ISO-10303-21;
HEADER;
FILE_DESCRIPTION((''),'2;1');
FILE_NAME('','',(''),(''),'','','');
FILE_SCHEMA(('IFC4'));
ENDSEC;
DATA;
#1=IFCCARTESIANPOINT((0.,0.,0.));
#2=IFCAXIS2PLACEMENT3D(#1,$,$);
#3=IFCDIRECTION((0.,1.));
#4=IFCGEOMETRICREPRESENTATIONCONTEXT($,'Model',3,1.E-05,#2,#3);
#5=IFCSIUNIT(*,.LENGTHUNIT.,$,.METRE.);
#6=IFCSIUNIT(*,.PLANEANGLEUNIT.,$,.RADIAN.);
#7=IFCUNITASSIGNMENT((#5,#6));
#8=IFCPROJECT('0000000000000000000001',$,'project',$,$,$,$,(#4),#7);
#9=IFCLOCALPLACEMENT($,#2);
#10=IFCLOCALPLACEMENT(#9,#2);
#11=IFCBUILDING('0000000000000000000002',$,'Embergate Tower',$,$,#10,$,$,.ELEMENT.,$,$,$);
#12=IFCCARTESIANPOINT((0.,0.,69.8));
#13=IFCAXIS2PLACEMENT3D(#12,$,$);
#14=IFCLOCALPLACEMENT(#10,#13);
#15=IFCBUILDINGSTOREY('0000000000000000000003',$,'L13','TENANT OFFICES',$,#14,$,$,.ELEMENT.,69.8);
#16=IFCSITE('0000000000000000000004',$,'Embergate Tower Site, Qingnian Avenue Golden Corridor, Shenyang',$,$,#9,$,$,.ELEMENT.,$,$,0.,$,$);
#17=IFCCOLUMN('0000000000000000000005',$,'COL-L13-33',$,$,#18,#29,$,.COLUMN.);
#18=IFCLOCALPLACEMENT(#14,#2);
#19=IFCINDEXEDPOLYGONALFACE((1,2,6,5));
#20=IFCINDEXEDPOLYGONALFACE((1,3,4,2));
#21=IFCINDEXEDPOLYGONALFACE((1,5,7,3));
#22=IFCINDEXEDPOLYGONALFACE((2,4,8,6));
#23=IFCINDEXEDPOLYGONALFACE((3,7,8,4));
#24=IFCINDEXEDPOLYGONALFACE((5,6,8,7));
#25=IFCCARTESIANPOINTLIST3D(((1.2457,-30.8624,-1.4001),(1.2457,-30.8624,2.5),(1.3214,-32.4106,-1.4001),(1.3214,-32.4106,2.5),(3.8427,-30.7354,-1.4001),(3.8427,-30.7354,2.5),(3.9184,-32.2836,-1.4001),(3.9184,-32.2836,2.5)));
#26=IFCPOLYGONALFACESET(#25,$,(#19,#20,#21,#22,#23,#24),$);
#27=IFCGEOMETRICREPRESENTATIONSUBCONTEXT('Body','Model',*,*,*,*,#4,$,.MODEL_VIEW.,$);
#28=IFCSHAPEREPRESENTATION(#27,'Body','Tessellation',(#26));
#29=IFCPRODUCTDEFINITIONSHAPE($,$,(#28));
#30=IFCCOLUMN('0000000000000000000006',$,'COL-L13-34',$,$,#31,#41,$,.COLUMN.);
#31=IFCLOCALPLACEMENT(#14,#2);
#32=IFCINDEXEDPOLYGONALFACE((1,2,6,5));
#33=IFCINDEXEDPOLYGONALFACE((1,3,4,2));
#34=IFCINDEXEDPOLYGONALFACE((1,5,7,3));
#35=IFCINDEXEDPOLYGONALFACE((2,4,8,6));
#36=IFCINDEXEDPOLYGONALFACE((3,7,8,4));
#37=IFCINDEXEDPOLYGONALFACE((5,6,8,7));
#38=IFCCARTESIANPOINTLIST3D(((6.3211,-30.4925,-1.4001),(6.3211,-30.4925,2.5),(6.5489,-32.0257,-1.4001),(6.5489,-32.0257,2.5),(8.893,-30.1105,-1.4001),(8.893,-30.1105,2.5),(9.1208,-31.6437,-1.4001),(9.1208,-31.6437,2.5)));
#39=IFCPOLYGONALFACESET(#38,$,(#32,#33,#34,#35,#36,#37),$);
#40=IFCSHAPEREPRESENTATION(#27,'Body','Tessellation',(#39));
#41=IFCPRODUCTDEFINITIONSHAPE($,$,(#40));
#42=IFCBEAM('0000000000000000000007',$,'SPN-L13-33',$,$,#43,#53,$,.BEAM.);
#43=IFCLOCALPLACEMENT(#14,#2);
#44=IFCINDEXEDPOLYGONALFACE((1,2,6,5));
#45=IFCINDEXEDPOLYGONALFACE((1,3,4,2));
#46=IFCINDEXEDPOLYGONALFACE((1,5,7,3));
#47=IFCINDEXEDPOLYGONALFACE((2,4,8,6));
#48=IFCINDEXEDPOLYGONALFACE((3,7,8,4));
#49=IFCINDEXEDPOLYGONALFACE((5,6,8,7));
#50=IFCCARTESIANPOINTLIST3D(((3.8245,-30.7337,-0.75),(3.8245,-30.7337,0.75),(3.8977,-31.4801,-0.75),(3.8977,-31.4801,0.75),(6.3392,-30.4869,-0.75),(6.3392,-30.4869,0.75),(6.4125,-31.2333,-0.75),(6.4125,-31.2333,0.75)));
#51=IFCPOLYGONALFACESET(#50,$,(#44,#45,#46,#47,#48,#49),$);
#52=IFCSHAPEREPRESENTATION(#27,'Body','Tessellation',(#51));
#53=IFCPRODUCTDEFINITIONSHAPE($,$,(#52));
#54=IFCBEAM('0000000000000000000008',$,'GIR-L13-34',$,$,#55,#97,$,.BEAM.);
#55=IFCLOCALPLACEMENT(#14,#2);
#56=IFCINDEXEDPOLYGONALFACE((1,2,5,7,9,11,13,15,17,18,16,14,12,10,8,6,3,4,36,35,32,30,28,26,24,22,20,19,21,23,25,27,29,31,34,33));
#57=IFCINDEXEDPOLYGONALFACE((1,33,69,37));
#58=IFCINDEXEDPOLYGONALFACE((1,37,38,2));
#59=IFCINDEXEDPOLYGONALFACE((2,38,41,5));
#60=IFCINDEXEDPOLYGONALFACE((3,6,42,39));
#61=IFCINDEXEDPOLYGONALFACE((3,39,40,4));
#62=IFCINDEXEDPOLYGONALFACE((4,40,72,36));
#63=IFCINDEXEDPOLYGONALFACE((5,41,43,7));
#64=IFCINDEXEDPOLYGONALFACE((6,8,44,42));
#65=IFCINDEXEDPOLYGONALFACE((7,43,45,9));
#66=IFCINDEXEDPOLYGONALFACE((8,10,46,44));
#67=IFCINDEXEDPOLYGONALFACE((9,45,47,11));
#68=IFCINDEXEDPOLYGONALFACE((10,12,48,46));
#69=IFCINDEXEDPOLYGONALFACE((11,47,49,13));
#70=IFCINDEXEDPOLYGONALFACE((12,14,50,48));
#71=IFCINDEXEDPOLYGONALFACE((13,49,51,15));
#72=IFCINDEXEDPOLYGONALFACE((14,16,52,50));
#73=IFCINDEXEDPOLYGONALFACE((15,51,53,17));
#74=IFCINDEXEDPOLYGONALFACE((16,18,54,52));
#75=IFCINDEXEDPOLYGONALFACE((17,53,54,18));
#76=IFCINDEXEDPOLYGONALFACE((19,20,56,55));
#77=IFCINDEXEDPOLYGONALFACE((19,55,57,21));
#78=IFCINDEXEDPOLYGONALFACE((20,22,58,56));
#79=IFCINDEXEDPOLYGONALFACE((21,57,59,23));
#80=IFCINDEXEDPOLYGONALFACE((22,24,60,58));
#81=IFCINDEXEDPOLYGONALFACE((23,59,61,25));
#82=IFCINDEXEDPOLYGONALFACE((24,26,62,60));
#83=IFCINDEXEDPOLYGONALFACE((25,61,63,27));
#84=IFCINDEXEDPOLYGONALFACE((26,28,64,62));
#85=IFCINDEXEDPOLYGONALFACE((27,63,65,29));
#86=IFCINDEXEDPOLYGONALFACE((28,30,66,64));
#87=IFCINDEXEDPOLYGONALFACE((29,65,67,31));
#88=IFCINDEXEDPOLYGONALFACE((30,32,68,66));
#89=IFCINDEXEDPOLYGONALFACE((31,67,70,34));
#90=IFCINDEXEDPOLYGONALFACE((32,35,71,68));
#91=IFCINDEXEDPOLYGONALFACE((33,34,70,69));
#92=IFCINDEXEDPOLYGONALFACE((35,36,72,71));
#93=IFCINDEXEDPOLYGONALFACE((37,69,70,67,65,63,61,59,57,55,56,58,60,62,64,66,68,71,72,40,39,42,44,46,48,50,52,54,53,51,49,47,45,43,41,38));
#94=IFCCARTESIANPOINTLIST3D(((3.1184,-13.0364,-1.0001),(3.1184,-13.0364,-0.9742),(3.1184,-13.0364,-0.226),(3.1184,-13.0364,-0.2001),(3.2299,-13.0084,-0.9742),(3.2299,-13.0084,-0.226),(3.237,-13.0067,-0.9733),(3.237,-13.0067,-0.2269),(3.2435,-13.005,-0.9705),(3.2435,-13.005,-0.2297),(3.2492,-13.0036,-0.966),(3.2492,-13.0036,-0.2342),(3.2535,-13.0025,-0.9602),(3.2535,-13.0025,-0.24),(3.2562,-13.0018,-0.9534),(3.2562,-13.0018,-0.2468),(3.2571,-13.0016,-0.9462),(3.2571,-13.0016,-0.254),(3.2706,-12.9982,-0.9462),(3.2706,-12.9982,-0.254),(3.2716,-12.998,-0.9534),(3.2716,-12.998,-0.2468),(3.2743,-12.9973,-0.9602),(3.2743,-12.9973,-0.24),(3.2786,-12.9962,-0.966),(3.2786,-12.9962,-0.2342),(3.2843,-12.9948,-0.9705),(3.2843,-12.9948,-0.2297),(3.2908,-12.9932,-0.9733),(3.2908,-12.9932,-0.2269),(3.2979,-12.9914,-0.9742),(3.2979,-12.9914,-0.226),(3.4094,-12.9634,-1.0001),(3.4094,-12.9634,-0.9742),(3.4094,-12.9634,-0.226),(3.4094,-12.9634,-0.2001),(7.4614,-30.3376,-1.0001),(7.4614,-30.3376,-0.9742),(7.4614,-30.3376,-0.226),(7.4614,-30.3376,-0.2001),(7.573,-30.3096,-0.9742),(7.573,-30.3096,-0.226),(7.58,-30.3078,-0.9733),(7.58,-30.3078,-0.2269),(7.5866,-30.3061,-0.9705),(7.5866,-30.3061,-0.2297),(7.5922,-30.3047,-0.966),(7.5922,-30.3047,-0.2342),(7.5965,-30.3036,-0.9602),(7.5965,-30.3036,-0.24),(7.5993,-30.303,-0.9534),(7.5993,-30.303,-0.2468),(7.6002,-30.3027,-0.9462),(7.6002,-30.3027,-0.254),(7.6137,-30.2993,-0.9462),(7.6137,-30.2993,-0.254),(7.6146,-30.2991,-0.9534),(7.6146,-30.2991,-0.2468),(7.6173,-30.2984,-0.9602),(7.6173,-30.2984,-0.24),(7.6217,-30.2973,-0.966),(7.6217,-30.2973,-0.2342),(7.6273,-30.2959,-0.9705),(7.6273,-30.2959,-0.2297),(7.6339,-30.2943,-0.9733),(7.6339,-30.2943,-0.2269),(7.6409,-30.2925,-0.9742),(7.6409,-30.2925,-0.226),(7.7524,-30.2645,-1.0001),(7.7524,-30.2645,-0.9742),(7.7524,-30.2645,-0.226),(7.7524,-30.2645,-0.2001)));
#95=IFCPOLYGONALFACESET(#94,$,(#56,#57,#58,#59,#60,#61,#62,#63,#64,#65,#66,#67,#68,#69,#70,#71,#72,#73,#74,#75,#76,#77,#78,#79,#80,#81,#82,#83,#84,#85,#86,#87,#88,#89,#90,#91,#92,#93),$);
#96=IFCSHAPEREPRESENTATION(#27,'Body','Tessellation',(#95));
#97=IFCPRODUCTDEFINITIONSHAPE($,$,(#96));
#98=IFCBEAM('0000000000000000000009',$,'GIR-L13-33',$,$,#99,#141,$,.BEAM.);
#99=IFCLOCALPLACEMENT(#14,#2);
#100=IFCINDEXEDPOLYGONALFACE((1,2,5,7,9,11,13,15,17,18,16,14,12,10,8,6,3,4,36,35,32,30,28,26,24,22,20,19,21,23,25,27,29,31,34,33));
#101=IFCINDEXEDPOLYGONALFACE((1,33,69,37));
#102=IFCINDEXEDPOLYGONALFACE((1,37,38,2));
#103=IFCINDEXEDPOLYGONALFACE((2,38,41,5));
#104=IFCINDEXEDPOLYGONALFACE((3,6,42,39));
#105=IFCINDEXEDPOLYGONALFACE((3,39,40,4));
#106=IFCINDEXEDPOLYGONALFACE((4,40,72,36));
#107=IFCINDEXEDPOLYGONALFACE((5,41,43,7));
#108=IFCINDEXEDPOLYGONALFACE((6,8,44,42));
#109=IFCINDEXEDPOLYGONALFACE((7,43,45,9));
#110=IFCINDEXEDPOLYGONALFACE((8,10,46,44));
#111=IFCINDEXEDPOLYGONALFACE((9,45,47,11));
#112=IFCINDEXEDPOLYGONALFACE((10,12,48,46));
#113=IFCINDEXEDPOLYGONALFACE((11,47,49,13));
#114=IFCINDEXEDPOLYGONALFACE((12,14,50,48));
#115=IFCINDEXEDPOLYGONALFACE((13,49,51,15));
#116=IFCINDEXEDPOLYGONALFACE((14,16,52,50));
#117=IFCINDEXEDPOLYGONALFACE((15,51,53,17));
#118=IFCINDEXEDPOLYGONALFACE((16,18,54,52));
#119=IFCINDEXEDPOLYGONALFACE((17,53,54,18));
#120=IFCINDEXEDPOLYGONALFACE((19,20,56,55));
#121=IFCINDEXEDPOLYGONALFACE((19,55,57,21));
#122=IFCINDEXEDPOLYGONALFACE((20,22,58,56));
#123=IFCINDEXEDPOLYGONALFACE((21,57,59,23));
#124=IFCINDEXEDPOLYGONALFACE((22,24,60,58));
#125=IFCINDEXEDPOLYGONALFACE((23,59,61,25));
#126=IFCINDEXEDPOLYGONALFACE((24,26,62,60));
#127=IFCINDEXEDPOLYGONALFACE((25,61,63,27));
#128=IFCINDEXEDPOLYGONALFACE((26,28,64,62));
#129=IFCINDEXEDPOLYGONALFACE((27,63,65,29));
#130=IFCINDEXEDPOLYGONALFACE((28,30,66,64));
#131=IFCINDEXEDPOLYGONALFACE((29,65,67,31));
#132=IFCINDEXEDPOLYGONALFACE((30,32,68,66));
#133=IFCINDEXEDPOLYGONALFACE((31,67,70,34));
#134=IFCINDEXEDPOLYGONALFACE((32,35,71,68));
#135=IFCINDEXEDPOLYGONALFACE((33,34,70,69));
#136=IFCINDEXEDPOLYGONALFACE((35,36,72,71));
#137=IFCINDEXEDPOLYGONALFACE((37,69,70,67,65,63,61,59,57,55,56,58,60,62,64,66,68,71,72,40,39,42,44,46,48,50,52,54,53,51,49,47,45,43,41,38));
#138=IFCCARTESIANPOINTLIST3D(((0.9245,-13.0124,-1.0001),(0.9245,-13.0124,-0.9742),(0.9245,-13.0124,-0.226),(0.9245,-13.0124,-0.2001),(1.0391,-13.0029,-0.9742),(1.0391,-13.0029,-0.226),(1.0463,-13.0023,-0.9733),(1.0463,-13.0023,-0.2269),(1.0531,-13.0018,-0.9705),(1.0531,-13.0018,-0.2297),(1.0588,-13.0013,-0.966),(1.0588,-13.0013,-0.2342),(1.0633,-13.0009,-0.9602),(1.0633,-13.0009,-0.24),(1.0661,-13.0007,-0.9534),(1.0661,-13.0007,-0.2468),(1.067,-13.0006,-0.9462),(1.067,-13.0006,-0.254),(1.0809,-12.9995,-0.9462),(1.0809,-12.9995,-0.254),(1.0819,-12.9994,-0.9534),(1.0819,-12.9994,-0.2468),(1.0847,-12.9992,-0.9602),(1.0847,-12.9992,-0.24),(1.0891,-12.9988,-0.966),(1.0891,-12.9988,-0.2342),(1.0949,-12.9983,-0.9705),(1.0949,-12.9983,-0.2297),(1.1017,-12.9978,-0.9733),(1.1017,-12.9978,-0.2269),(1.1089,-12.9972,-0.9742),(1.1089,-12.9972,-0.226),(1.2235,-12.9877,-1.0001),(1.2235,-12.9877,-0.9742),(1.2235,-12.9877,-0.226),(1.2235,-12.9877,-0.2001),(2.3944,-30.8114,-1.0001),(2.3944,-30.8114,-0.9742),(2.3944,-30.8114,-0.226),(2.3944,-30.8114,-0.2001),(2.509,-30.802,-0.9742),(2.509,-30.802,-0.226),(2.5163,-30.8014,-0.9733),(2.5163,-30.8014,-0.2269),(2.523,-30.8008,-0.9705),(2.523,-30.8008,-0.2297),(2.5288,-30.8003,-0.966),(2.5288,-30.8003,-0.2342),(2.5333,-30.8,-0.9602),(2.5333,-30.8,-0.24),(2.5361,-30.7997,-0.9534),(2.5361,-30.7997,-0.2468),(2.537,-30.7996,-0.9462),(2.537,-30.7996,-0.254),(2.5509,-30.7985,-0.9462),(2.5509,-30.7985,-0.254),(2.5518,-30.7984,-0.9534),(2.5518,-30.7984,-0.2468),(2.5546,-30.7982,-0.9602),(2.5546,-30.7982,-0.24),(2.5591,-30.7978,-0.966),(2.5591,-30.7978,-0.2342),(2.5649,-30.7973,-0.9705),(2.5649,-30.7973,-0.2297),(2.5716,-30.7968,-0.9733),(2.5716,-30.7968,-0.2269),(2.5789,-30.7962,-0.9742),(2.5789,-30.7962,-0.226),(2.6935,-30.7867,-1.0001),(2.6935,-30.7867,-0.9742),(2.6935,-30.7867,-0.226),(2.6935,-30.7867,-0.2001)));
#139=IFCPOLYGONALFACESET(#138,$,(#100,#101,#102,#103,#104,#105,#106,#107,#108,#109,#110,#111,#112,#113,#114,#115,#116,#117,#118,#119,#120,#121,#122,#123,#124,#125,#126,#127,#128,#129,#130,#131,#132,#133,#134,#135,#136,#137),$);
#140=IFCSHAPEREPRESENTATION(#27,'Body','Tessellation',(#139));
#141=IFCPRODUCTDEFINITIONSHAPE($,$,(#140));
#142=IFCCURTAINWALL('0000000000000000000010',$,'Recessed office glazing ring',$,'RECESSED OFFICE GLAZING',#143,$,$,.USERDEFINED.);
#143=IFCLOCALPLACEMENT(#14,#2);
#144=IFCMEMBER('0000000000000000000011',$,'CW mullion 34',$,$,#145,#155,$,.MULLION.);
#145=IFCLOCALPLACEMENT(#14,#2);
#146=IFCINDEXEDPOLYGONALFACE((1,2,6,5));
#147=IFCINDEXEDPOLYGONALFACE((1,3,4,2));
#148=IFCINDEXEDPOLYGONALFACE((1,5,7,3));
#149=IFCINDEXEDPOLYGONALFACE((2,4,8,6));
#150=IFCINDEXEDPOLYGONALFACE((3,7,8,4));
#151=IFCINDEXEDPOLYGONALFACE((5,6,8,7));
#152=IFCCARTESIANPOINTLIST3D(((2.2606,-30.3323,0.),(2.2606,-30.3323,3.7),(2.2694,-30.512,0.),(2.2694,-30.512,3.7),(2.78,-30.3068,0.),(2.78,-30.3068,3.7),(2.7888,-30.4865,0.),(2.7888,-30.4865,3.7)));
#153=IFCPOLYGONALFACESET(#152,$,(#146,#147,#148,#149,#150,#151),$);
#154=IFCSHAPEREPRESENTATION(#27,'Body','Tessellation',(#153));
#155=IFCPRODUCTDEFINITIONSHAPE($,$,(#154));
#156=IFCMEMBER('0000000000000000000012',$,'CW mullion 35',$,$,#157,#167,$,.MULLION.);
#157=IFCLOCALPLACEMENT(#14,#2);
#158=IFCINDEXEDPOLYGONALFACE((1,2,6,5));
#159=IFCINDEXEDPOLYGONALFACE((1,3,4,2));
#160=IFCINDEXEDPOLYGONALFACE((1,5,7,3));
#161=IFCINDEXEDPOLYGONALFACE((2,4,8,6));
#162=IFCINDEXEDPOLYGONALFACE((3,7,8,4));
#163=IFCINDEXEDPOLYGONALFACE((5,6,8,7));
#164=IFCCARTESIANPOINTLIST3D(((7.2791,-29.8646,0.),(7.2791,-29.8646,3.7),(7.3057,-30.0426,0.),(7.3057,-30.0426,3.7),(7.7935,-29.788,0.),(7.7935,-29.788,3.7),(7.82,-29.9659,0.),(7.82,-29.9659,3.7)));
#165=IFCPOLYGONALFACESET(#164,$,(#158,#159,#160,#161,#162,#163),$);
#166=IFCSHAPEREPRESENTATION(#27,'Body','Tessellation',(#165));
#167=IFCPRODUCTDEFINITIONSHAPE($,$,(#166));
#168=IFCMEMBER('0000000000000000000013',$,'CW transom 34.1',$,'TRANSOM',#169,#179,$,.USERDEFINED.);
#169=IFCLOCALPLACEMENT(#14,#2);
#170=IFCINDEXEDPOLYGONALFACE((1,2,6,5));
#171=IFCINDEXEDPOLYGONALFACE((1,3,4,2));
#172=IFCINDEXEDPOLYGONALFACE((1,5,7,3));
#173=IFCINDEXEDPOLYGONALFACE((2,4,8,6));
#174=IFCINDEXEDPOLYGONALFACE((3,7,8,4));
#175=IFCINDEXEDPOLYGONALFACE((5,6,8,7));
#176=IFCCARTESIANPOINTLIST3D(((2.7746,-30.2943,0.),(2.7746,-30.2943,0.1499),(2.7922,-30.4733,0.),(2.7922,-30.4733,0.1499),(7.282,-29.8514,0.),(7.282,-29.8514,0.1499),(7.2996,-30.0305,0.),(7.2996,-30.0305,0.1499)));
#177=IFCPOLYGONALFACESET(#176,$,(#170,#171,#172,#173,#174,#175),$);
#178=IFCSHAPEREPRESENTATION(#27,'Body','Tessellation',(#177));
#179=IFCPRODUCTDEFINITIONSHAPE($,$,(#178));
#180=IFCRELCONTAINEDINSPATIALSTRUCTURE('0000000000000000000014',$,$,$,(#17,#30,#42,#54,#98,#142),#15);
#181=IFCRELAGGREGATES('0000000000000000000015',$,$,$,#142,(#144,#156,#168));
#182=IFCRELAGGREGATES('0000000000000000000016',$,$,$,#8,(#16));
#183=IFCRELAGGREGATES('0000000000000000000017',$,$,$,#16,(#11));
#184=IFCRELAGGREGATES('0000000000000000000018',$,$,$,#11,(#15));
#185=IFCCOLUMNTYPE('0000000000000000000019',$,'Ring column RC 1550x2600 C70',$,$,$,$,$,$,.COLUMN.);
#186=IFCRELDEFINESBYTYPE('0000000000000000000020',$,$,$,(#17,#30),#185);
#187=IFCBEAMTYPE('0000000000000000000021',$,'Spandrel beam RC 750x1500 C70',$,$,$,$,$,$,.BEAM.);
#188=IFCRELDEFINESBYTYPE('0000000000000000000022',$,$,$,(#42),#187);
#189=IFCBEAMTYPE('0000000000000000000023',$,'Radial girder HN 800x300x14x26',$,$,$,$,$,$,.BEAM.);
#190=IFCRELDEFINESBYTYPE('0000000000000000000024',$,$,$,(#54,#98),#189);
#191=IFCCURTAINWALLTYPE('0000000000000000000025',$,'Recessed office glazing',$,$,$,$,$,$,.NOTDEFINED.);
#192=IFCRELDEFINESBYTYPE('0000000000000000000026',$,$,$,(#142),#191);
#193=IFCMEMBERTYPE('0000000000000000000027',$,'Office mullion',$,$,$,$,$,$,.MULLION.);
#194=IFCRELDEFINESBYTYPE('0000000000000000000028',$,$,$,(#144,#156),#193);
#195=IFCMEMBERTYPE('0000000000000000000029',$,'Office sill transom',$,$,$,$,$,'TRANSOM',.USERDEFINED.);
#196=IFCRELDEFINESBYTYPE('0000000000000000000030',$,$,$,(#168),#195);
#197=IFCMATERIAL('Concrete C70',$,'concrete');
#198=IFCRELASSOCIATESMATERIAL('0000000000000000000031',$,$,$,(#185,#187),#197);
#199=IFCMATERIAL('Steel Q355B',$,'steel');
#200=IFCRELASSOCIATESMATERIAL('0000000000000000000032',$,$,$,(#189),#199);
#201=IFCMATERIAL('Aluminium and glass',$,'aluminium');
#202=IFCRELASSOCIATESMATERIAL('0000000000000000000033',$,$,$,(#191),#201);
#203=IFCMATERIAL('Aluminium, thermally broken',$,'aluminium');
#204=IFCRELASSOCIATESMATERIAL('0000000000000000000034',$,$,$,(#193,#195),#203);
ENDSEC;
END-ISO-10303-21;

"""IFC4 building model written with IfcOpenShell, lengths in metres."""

from ifc_helpers import new_model, si_unit, direction, frame, origin, origin_2d, place, context, subcontext, project, spatial, rectangle, i_section, extrude, source, transform, mapped, material, material_profile, profile_set, type_object, element, aggregate, save


model = new_model("IFC4")

# Units and contexts
model_context = context("Model", 3, precision=1e-05, world=origin(), true_north=direction((0.0, 1.0)))
body_context = subcontext(model_context, "Body", "Model", "MODEL_VIEW")
ifc_project = project(units=[si_unit("LENGTHUNIT", "METRE"), si_unit("PLANEANGLEUNIT", "RADIAN")], contexts=[model_context])

# Site, building, storey
site_placement = place(None, origin())
site = spatial("IfcSite", under=ifc_project, at=site_placement, Name="Embergate Tower Site, Qingnian Avenue Golden Corridor, Shenyang", CompositionType="ELEMENT", RefElevation=0.0)
building_placement = place(site_placement, origin())
building = spatial("IfcBuilding", under=site, at=building_placement, Name="Embergate Tower", CompositionType="ELEMENT")
storey_placement = place(building_placement, frame((0.0, 0.0, 69.8)))
storey = spatial("IfcBuildingStorey", under=building, at=storey_placement, Name="L13", Description="TENANT OFFICES", CompositionType="ELEMENT", Elevation=69.8)

# Columns
ifc_material_1 = material(Name="Concrete C70", Category="concrete")
ifc_material_profile_1 = material_profile(ifc_material_1, rectangle(XDim=1.55, YDim=2.6001, at=origin_2d()), Name="RC 1550x2600")
ifc_profile_set_1 = profile_set([ifc_material_profile_1], Name="Concrete C70")
column_type = type_object("IfcColumnType", Name="Ring column RC 1550x2600 C70", PredefinedType="COLUMN", material=ifc_profile_set_1)
shared_shape_1 = source(origin(), body_context, "Body", "SweptSolid", [
    extrude(rectangle(XDim=1.55, YDim=2.6001, at=origin_2d()), origin(), (0.0, 0.0, 1.0), 3.9001),
])
for number, where, z_axis, x_axis, name in (
    (1, (2.582, -31.573, -1.4001), (0.0, 0.0, 1.0), (0.048815, -0.998808, 0.0), "COL-L13-33"),
    (2, (7.7209, -31.0681, -1.4001), (0.0, 0.0, 1.0), (0.146929, -0.989147, 0.0), "COL-L13-34"),
):
    element("IfcColumn", number, at=place(storey_placement, frame(where, z_axis=z_axis, x_axis=x_axis)), inside=storey, type_object=column_type, Name=name, PredefinedType="COLUMN", context=body_context, shape_type="MappedRepresentation", body=[
        mapped(shared_shape_1, transform((0.0, 0.0, 0.0))),
    ])

# Beams
ifc_material_profile_2 = material_profile(ifc_material_1, rectangle(XDim=0.75, YDim=1.5, at=origin_2d()), Name="RC 750x1500")
ifc_profile_set_2 = profile_set([ifc_material_profile_2], Name="Concrete C70")
beam_type_1 = type_object("IfcBeamType", Name="Spandrel beam RC 750x1500 C70", PredefinedType="BEAM", material=ifc_profile_set_2)
shared_shape_2 = source(origin(), body_context, "Body", "SweptSolid", [
    extrude(rectangle(XDim=0.75, YDim=1.5, at=origin_2d()), origin(), (0.0, 0.0, 1.0), 2.5269),
])
beam_1_placement = place(storey_placement, frame((3.8611, -31.1069, 0.0), z_axis=(0.995218, 0.097676, 0.0), x_axis=(-0.097676, 0.995218, 0.0)))
element("IfcBeam", 3, at=beam_1_placement, inside=storey, type_object=beam_type_1, Name="SPN-L13-33", PredefinedType="BEAM", context=body_context, shape_type="MappedRepresentation", body=[
    mapped(shared_shape_2, transform((0.0, 0.0, 0.0))),
])
ifc_material_2 = material(Name="Steel Q355B", Category="steel")
ifc_material_profile_3 = material_profile(ifc_material_2, i_section(OverallWidth=0.3, OverallDepth=0.8, WebThickness=0.0139, FlangeThickness=0.0259, FilletRadius=0.0281, at=origin_2d()), Name="HN 800x300x14x26")
ifc_profile_set_3 = profile_set([ifc_material_profile_3], Name="Steel Q355 grade B")
beam_type_2 = type_object("IfcBeamType", Name="Radial girder HN 800x300x14x26", PredefinedType="BEAM", material=ifc_profile_set_3)
shared_shape_3 = source(origin(), body_context, "Body", "SweptSolid", [
    extrude(i_section(OverallWidth=0.3, OverallDepth=0.8, WebThickness=0.0139, FlangeThickness=0.0259, FilletRadius=0.0281, at=origin_2d()), origin(), (0.0, 0.0, 1.0), 17.8379),
])
beam_2_placement = place(storey_placement, frame((7.6069, -30.301, -0.6001), z_axis=(-0.243473, 0.969908, 0.0), x_axis=(-0.969908, -0.243473, 0.0)))
element("IfcBeam", 4, at=beam_2_placement, inside=storey, type_object=beam_type_2, Name="GIR-L13-34", PredefinedType="BEAM", context=body_context, shape_type="MappedRepresentation", body=[
    mapped(shared_shape_3, transform((0.0, 0.0, 0.0))),
])
shared_shape_4 = source(origin(), body_context, "Body", "SweptSolid", [
    extrude(i_section(OverallWidth=0.3, OverallDepth=0.8, WebThickness=0.0139, FlangeThickness=0.0259, FilletRadius=0.0281, at=origin_2d()), origin(), (0.0, 0.0, 1.0), 17.8596),
])
beam_3_placement = place(storey_placement, frame((2.5439, -30.7991, -0.6001), z_axis=(-0.082307, 0.996607, 0.0), x_axis=(-0.996607, -0.082307, 0.0)))
element("IfcBeam", 5, at=beam_3_placement, inside=storey, type_object=beam_type_2, Name="GIR-L13-33", PredefinedType="BEAM", context=body_context, shape_type="MappedRepresentation", body=[
    mapped(shared_shape_4, transform((0.0, 0.0, 0.0))),
])

# Curtain wall, members
ifc_material_3 = material(Name="Aluminium and glass", Category="aluminium")
curtain_wall_type = type_object("IfcCurtainWallType", Name="Recessed office glazing", PredefinedType="NOTDEFINED", material=ifc_material_3)
curtain_wall_placement = place(storey_placement, origin())
curtain_wall = element("IfcCurtainWall", 6, at=curtain_wall_placement, inside=storey, type_object=curtain_wall_type, Name="Recessed office glazing ring", ObjectType="RECESSED OFFICE GLAZING", PredefinedType="USERDEFINED")
ifc_material_4 = material(Name="Aluminium, thermally broken", Category="aluminium")
ifc_material_profile_4 = material_profile(ifc_material_4, rectangle(XDim=0.1799, YDim=0.52, at=origin_2d()), Name="AL 520x180")
ifc_profile_set_4 = profile_set([ifc_material_profile_4], Name="Aluminium, thermally broken")
member_type_1 = type_object("IfcMemberType", Name="Office mullion", PredefinedType="MULLION", material=ifc_profile_set_4)
shared_shape_5 = source(origin(), body_context, "Body", "SweptSolid", [
    extrude(rectangle(XDim=0.1799, YDim=0.52, at=origin_2d()), origin(), (0.0, 0.0, 1.0), 3.7),
])
member_1_placement = place(storey_placement, frame((2.5247, -30.4094, 0.0), z_axis=(0.0, 0.0, 1.0), x_axis=(-0.048972, 0.9988, 0.0)))
member_1 = element("IfcMember", 7, at=member_1_placement, type_object=member_type_1, Name="CW mullion 34", PredefinedType="MULLION", context=body_context, shape_type="MappedRepresentation", body=[
    mapped(shared_shape_5, transform((0.0, 0.0, 0.0))),
])
member_2_placement = place(storey_placement, frame((7.5496, -29.9153, 0.0), z_axis=(0.0, 0.0, 1.0), x_axis=(-0.147414, 0.989075, 0.0)))
member_2 = element("IfcMember", 8, at=member_2_placement, type_object=member_type_1, Name="CW mullion 35", PredefinedType="MULLION", context=body_context, shape_type="MappedRepresentation", body=[
    mapped(shared_shape_5, transform((0.0, 0.0, 0.0))),
])
ifc_material_profile_5 = material_profile(ifc_material_4, rectangle(XDim=0.1799, YDim=0.1499, at=origin_2d()), Name="AL 150x180")
ifc_profile_set_5 = profile_set([ifc_material_profile_5], Name="Aluminium, thermally broken")
member_type_2 = type_object("IfcMemberType", Name="Office sill transom", ElementType="TRANSOM", PredefinedType="USERDEFINED", material=ifc_profile_set_5)
shared_shape_6 = source(origin(), body_context, "Body", "SweptSolid", [
    extrude(rectangle(XDim=0.1799, YDim=0.1499, at=origin_2d()), origin(), (0.0, 0.0, 1.0), 4.5291),
])
member_3_placement = place(storey_placement, frame((2.7834, -30.3838, 0.075), z_axis=(0.995208, 0.097785, 0.0), x_axis=(-0.097785, 0.995208, 0.0)))
member_3 = element("IfcMember", 9, at=member_3_placement, type_object=member_type_2, Name="CW transom 34.1", ObjectType="TRANSOM", PredefinedType="USERDEFINED", context=body_context, shape_type="MappedRepresentation", body=[
    mapped(shared_shape_6, transform((0.0, 0.0, 0.0))),
])
aggregate(curtain_wall, [member_1, member_2, member_3])

save(model, "model.ifc")
